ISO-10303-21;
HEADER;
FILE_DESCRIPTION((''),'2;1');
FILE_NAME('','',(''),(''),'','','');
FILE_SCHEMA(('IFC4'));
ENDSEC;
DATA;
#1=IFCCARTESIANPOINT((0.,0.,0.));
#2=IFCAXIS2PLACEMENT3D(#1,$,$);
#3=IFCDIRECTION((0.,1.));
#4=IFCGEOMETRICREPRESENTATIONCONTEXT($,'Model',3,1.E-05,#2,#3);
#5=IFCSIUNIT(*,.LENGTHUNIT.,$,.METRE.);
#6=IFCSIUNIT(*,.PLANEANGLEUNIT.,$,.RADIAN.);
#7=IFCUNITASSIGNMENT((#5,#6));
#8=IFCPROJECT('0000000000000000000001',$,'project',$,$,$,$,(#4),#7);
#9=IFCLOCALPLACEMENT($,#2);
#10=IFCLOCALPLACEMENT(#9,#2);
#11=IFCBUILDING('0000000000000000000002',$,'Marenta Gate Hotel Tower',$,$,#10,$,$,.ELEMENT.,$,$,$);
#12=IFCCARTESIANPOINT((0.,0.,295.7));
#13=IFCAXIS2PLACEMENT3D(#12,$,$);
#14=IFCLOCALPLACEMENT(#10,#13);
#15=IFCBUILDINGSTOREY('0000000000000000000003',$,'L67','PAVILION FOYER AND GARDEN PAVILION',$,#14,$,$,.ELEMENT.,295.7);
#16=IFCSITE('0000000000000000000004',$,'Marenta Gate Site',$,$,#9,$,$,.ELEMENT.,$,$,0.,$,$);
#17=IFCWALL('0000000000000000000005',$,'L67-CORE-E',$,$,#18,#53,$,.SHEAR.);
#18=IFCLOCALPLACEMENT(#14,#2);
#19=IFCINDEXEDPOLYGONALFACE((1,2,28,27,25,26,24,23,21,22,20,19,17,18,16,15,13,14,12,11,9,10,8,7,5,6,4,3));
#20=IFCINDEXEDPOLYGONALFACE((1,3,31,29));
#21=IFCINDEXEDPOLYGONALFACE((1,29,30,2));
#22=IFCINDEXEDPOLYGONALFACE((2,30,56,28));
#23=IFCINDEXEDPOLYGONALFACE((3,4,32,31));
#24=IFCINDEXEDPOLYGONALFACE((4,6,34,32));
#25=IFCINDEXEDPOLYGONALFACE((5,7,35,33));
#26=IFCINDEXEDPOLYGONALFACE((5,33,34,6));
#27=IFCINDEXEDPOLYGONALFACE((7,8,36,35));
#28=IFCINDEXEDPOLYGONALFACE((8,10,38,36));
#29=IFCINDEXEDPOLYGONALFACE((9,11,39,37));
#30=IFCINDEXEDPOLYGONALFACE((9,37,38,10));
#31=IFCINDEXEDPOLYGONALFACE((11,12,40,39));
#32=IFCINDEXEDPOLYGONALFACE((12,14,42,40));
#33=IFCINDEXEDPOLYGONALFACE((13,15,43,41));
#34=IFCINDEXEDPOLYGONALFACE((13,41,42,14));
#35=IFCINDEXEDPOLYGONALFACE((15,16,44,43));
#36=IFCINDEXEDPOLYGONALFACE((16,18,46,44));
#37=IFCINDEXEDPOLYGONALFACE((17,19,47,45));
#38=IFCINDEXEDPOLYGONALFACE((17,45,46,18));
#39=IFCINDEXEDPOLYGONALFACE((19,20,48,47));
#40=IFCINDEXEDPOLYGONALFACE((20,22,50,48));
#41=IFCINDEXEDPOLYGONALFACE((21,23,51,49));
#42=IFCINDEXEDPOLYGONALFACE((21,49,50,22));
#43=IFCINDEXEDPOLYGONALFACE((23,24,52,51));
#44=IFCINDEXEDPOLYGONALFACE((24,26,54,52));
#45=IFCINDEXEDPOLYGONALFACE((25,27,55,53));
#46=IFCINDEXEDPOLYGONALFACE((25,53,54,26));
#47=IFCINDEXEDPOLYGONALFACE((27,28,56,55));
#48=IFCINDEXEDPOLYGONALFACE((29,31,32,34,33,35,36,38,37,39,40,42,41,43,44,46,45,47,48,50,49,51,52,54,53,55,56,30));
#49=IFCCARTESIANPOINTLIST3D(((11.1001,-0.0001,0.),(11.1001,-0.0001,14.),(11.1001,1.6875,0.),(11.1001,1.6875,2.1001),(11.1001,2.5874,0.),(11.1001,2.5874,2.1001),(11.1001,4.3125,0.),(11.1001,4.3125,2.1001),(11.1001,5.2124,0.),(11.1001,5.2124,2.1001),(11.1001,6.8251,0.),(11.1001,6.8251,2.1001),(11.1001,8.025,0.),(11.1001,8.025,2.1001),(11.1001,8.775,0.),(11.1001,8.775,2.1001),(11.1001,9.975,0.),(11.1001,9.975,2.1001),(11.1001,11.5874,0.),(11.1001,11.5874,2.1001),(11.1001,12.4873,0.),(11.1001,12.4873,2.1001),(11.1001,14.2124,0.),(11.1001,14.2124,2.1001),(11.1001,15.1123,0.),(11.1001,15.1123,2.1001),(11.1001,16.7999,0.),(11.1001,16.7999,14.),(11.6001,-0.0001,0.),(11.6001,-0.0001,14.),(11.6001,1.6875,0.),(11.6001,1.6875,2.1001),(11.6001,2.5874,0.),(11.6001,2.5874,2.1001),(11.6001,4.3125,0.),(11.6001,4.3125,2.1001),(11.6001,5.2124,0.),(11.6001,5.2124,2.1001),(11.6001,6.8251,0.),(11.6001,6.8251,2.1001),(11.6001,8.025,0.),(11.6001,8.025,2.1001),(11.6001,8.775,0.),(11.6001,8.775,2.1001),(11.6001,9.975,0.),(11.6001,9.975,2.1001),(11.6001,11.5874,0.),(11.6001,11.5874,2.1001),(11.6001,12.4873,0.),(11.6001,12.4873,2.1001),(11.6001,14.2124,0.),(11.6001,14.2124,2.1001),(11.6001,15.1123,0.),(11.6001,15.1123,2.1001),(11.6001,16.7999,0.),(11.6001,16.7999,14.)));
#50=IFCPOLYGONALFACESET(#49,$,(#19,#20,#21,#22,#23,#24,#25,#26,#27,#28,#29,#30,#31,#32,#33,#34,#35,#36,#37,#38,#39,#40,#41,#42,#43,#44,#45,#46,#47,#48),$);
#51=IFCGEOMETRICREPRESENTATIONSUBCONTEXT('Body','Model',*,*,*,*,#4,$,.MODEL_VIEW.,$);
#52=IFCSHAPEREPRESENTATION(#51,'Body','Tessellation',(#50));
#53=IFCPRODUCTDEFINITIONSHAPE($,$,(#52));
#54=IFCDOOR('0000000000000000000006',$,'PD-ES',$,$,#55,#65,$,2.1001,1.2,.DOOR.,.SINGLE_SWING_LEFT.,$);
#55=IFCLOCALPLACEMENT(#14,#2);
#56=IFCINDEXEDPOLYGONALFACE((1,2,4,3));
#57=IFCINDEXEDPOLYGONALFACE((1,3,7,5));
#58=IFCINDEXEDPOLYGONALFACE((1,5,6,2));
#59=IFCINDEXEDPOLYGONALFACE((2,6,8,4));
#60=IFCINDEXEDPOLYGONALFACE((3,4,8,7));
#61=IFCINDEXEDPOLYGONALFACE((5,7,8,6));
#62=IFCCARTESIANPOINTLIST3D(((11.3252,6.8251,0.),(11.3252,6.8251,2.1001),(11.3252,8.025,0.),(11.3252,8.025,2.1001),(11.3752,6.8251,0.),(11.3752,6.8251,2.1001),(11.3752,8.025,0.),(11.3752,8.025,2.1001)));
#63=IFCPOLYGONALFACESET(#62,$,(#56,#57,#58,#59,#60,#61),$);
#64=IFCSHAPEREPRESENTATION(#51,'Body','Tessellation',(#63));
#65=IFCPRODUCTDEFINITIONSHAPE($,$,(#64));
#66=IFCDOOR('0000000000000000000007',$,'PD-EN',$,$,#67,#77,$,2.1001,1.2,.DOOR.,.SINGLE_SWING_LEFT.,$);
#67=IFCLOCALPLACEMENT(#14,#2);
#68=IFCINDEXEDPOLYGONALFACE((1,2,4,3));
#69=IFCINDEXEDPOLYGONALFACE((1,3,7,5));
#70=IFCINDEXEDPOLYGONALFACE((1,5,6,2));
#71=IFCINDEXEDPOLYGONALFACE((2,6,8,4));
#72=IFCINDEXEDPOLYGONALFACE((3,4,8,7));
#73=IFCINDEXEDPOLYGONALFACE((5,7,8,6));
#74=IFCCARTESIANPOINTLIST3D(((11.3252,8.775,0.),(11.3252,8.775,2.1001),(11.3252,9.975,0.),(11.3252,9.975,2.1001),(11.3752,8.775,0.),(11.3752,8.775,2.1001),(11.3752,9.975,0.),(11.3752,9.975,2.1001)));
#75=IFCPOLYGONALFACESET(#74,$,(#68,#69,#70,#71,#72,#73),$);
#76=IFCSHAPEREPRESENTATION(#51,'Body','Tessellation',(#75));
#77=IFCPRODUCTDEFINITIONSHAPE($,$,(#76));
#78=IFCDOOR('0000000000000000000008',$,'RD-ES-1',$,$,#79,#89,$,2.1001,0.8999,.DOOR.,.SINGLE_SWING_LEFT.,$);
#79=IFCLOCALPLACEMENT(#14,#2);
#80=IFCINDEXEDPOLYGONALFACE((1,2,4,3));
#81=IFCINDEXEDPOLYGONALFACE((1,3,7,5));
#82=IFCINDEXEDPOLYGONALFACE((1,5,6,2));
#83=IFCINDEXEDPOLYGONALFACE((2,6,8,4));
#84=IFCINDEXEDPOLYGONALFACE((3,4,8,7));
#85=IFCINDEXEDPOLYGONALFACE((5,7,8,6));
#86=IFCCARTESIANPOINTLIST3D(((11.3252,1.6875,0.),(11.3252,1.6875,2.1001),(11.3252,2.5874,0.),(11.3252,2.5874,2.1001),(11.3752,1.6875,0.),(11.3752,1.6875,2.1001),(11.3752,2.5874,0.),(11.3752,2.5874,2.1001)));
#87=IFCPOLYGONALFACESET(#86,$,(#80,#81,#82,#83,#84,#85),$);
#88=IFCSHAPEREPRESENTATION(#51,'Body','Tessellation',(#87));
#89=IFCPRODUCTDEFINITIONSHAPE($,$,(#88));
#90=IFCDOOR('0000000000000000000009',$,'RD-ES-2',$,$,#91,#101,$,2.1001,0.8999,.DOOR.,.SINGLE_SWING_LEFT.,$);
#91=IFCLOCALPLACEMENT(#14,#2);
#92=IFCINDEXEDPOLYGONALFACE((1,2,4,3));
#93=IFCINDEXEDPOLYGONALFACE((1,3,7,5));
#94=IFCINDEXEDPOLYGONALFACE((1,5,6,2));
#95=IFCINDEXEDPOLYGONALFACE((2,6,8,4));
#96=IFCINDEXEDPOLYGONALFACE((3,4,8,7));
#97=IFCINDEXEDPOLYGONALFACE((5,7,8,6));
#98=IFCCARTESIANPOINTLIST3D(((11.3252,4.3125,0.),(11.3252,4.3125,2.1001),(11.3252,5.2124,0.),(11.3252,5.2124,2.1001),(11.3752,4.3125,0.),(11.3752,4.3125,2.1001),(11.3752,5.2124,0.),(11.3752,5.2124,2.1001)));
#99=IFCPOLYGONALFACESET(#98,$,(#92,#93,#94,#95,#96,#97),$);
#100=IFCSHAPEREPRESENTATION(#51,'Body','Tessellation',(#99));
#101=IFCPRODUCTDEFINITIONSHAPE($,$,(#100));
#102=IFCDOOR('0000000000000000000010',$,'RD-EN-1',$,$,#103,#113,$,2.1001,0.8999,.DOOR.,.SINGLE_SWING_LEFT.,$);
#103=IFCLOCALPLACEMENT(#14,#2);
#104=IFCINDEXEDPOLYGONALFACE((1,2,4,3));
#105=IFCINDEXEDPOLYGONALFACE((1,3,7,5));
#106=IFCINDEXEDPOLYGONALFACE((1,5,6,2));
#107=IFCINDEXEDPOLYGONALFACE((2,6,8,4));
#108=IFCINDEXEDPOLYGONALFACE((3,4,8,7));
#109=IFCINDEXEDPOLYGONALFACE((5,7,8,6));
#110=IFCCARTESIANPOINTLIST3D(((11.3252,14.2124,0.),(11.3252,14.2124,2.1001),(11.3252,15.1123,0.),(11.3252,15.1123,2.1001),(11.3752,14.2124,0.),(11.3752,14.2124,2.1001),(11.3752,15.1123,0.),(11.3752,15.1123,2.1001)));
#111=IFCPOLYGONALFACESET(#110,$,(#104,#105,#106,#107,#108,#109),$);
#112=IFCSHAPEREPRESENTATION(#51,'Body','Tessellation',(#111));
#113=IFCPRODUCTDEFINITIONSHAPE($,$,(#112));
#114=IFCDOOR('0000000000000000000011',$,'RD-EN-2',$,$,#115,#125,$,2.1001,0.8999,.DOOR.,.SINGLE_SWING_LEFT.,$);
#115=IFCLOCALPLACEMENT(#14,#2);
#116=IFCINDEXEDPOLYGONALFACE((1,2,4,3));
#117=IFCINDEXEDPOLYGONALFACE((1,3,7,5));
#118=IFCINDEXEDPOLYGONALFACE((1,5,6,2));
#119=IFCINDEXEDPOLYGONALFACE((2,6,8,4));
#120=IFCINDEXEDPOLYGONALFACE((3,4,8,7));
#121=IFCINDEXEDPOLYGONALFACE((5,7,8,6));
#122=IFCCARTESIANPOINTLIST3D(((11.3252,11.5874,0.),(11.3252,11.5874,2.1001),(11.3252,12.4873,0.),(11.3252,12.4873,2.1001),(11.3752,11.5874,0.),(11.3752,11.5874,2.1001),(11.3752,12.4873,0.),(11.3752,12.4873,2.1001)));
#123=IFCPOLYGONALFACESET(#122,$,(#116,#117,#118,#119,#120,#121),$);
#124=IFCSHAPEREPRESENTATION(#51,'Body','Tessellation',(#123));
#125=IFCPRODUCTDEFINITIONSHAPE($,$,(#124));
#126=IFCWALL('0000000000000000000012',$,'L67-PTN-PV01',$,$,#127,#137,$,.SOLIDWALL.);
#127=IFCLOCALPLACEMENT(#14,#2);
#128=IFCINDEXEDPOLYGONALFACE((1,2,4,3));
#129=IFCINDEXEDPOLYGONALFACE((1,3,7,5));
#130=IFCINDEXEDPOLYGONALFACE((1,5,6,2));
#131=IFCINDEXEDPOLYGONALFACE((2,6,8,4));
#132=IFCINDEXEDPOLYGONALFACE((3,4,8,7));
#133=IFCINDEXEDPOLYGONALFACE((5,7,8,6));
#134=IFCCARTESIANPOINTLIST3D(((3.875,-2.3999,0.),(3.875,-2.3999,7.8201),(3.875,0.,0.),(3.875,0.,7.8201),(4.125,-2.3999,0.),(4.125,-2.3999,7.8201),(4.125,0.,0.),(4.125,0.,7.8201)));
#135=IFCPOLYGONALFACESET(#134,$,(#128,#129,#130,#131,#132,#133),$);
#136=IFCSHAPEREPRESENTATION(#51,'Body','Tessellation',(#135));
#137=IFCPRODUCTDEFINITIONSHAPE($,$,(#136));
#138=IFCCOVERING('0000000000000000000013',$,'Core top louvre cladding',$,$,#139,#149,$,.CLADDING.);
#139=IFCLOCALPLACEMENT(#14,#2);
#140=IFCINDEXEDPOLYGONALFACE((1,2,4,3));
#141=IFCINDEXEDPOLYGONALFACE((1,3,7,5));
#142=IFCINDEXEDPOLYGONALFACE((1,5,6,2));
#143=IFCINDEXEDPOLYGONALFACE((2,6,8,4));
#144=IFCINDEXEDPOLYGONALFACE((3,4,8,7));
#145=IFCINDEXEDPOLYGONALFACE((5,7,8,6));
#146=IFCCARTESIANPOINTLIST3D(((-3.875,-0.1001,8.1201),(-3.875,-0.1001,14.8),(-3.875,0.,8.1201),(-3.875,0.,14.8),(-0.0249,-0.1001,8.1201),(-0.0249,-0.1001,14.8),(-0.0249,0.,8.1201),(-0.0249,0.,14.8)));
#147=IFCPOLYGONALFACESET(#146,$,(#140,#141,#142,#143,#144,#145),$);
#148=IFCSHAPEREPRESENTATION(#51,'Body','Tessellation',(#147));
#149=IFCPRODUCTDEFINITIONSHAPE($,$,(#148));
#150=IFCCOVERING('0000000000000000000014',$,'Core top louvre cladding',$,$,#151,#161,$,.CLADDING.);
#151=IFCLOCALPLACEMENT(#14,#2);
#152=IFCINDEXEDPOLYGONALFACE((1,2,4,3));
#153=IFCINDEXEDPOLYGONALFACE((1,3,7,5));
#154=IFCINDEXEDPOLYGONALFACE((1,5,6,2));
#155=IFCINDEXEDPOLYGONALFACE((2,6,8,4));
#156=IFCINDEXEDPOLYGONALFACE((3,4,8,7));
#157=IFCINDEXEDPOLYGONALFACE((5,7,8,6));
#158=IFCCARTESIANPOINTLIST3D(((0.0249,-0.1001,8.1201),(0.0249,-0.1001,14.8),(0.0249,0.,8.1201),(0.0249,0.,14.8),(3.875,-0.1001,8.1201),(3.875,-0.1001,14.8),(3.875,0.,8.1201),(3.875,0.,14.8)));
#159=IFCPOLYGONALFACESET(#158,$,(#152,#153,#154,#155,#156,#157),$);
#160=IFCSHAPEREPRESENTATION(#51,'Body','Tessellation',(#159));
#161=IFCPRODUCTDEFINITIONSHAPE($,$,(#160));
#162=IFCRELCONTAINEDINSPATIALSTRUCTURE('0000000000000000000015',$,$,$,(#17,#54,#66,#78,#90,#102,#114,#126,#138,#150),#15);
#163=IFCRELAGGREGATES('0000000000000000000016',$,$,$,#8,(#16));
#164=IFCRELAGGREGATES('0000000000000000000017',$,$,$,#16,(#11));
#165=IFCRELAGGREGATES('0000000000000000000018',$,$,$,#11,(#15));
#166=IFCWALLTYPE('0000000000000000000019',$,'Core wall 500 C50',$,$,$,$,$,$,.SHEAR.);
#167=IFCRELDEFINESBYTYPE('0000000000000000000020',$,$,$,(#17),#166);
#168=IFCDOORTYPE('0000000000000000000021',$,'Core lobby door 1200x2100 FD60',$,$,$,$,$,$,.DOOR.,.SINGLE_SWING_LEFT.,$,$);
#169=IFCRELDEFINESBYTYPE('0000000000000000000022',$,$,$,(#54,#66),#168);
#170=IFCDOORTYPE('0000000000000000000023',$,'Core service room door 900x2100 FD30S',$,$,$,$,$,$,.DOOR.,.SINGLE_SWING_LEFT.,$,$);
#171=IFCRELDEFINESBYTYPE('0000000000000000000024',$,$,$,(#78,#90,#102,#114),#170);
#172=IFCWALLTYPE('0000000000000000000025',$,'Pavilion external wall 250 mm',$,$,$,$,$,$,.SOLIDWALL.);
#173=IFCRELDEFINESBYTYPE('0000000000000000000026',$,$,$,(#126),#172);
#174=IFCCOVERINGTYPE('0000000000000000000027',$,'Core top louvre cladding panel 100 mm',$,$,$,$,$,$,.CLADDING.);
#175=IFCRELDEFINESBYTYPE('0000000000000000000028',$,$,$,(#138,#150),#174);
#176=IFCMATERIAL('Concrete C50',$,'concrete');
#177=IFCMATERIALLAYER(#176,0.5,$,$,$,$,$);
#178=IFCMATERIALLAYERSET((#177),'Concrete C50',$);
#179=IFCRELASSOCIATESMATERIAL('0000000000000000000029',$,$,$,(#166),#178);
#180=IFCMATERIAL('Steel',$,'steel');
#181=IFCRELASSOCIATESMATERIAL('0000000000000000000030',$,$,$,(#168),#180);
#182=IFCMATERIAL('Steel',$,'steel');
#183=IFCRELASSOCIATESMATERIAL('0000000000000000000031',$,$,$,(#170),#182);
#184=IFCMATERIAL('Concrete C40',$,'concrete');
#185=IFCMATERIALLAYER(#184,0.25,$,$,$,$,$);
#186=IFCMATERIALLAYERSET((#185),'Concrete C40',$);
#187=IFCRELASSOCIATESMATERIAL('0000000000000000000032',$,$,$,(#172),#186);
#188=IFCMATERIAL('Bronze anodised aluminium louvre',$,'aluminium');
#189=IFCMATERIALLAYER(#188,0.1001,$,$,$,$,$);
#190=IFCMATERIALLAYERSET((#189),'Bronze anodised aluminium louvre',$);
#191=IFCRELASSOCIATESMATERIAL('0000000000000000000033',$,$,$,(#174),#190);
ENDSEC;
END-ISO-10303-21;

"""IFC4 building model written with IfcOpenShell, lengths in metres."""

from ifc_helpers import new_model, si_unit, direction, frame, frame_2d, origin, origin_2d, place, context, subcontext, project, spatial, rectangle, extrude, material, layer, layer_set, type_object, element, fill, save


model = new_model("IFC4")

# Units and contexts
model_context = context("Model", 3, precision=1e-05, world=origin(), true_north=direction((0.0, 1.0)))
body_context = subcontext(model_context, "Body", "Model", "MODEL_VIEW")
ifc_project = project(units=[si_unit("LENGTHUNIT", "METRE"), si_unit("PLANEANGLEUNIT", "RADIAN")], contexts=[model_context])

# Site, building, storey
site_placement = place(None, origin())
site = spatial("IfcSite", under=ifc_project, at=site_placement, Name="Marenta Gate Site", CompositionType="ELEMENT", RefElevation=0.0)
building_placement = place(site_placement, origin())
building = spatial("IfcBuilding", under=site, at=building_placement, Name="Marenta Gate Hotel Tower", CompositionType="ELEMENT")
storey_placement = place(building_placement, frame((0.0, 0.0, 295.7)))
storey = spatial("IfcBuildingStorey", under=building, at=storey_placement, Name="L67", Description="PAVILION FOYER AND GARDEN PAVILION", CompositionType="ELEMENT", Elevation=295.7)

# Wall, openings, doors
ifc_material_1 = material(Name="Concrete C50", Category="concrete")
ifc_layer_1 = layer(ifc_material_1, 0.5)
ifc_layer_set_1 = layer_set([ifc_layer_1], Name="Concrete C50")
wall_type_1 = type_object("IfcWallType", Name="Core wall 500 C50", PredefinedType="SHEAR", material=ifc_layer_set_1)
wall_1_placement = place(storey_placement, frame((11.3501, 0.0, 0.0), z_axis=(0.0, 0.0, 1.0), x_axis=(0.0, 1.0, 0.0)))
wall_1 = element("IfcWall", 1, at=wall_1_placement, inside=storey, type_object=wall_type_1, Name="L67-CORE-E", PredefinedType="SHEAR", context=body_context, shape_type="SweptSolid", body=[
    extrude(rectangle(XDim=16.8, YDim=0.5, at=frame_2d((8.3999, 0.0))), origin(), (0.0, 0.0, 1.0), 14.0),
])
opening_1_placement = place(wall_1_placement, frame((1.6875, 0.0, 0.0)))
opening_1 = element("IfcOpeningElement", 2, at=opening_1_placement, cuts=wall_1, PredefinedType="OPENING", context=body_context, shape_type="SweptSolid", body=[
    extrude(rectangle(XDim=0.8999, YDim=2.1001, at=frame_2d((0.45, 1.05))), frame((0.0, 0.25, 0.0), z_axis=(0.0, -1.0, 0.0), x_axis=(1.0, 0.0, 0.0)), (0.0, 0.0, 1.0), 0.5),
])
opening_2_placement = place(wall_1_placement, frame((4.3125, 0.0, 0.0)))
opening_2 = element("IfcOpeningElement", 3, at=opening_2_placement, cuts=wall_1, PredefinedType="OPENING", context=body_context, shape_type="SweptSolid", body=[
    extrude(rectangle(XDim=0.8999, YDim=2.1001, at=frame_2d((0.45, 1.05))), frame((0.0, 0.25, 0.0), z_axis=(0.0, -1.0, 0.0), x_axis=(1.0, 0.0, 0.0)), (0.0, 0.0, 1.0), 0.5),
])
opening_3_placement = place(wall_1_placement, frame((6.825, 0.0, 0.0)))
opening_3 = element("IfcOpeningElement", 4, at=opening_3_placement, cuts=wall_1, PredefinedType="OPENING", context=body_context, shape_type="SweptSolid", body=[
    extrude(rectangle(XDim=1.2, YDim=2.1001, at=frame_2d((0.6001, 1.05))), frame((0.0, 0.25, 0.0), z_axis=(0.0, -1.0, 0.0), x_axis=(1.0, 0.0, 0.0)), (0.0, 0.0, 1.0), 0.5),
])
opening_4_placement = place(wall_1_placement, frame((14.2124, 0.0, 0.0)))
opening_4 = element("IfcOpeningElement", 5, at=opening_4_placement, cuts=wall_1, PredefinedType="OPENING", context=body_context, shape_type="SweptSolid", body=[
    extrude(rectangle(XDim=0.8999, YDim=2.1001, at=frame_2d((0.45, 1.05))), frame((0.0, 0.25, 0.0), z_axis=(0.0, -1.0, 0.0), x_axis=(1.0, 0.0, 0.0)), (0.0, 0.0, 1.0), 0.5),
])
opening_5_placement = place(wall_1_placement, frame((11.5874, 0.0, 0.0)))
opening_5 = element("IfcOpeningElement", 6, at=opening_5_placement, cuts=wall_1, PredefinedType="OPENING", context=body_context, shape_type="SweptSolid", body=[
    extrude(rectangle(XDim=0.8999, YDim=2.1001, at=frame_2d((0.45, 1.05))), frame((0.0, 0.25, 0.0), z_axis=(0.0, -1.0, 0.0), x_axis=(1.0, 0.0, 0.0)), (0.0, 0.0, 1.0), 0.5),
])
opening_6_placement = place(wall_1_placement, frame((8.7749, 0.0, 0.0)))
opening_6 = element("IfcOpeningElement", 7, at=opening_6_placement, cuts=wall_1, PredefinedType="OPENING", context=body_context, shape_type="SweptSolid", body=[
    extrude(rectangle(XDim=1.2, YDim=2.1001, at=frame_2d((0.6001, 1.05))), frame((0.0, 0.25, 0.0), z_axis=(0.0, -1.0, 0.0), x_axis=(1.0, 0.0, 0.0)), (0.0, 0.0, 1.0), 0.5),
])
ifc_material_2 = material(Name="Steel", Category="steel")
door_type_1 = type_object("IfcDoorType", Name="Core lobby door 1200x2100 FD60", OperationType="SINGLE_SWING_LEFT", PredefinedType="DOOR", material=ifc_material_2)
door_1_placement = place(opening_3_placement, origin())
door_1 = element("IfcDoor", 8, at=door_1_placement, inside=storey, type_object=door_type_1, Name="PD-ES", OperationType="SINGLE_SWING_LEFT", OverallHeight=2.1001, OverallWidth=1.2, PredefinedType="DOOR", context=body_context, shape_type="SweptSolid", body=[
    extrude(rectangle(XDim=1.2, YDim=2.1001, at=frame_2d((0.6001, 1.05))), frame((0.0, 0.0249, 0.0), z_axis=(0.0, -1.0, 0.0), x_axis=(1.0, 0.0, 0.0)), (0.0, 0.0, 1.0), 0.05),
])
fill(opening_3, door_1)
door_2_placement = place(opening_6_placement, origin())
door_2 = element("IfcDoor", 9, at=door_2_placement, inside=storey, type_object=door_type_1, Name="PD-EN", OperationType="SINGLE_SWING_LEFT", OverallHeight=2.1001, OverallWidth=1.2, PredefinedType="DOOR", context=body_context, shape_type="SweptSolid", body=[
    extrude(rectangle(XDim=1.2, YDim=2.1001, at=frame_2d((0.6001, 1.05))), frame((0.0, 0.0249, 0.0), z_axis=(0.0, -1.0, 0.0), x_axis=(1.0, 0.0, 0.0)), (0.0, 0.0, 1.0), 0.05),
])
fill(opening_6, door_2)
ifc_material_3 = material(Name="Steel", Category="steel")
door_type_2 = type_object("IfcDoorType", Name="Core service room door 900x2100 FD30S", OperationType="SINGLE_SWING_LEFT", PredefinedType="DOOR", material=ifc_material_3)
door_3_placement = place(opening_1_placement, origin())
door_3 = element("IfcDoor", 10, at=door_3_placement, inside=storey, type_object=door_type_2, Name="RD-ES-1", OperationType="SINGLE_SWING_LEFT", OverallHeight=2.1001, OverallWidth=0.8999, PredefinedType="DOOR", context=body_context, shape_type="SweptSolid", body=[
    extrude(rectangle(XDim=0.8999, YDim=2.1001, at=frame_2d((0.45, 1.05))), frame((0.0, 0.0249, 0.0), z_axis=(0.0, -1.0, 0.0), x_axis=(1.0, 0.0, 0.0)), (0.0, 0.0, 1.0), 0.05),
])
fill(opening_1, door_3)
door_4_placement = place(opening_2_placement, origin())
door_4 = element("IfcDoor", 11, at=door_4_placement, inside=storey, type_object=door_type_2, Name="RD-ES-2", OperationType="SINGLE_SWING_LEFT", OverallHeight=2.1001, OverallWidth=0.8999, PredefinedType="DOOR", context=body_context, shape_type="SweptSolid", body=[
    extrude(rectangle(XDim=0.8999, YDim=2.1001, at=frame_2d((0.45, 1.05))), frame((0.0, 0.0249, 0.0), z_axis=(0.0, -1.0, 0.0), x_axis=(1.0, 0.0, 0.0)), (0.0, 0.0, 1.0), 0.05),
])
fill(opening_2, door_4)
door_5_placement = place(opening_4_placement, origin())
door_5 = element("IfcDoor", 12, at=door_5_placement, inside=storey, type_object=door_type_2, Name="RD-EN-1", OperationType="SINGLE_SWING_LEFT", OverallHeight=2.1001, OverallWidth=0.8999, PredefinedType="DOOR", context=body_context, shape_type="SweptSolid", body=[
    extrude(rectangle(XDim=0.8999, YDim=2.1001, at=frame_2d((0.45, 1.05))), frame((0.0, 0.0249, 0.0), z_axis=(0.0, -1.0, 0.0), x_axis=(1.0, 0.0, 0.0)), (0.0, 0.0, 1.0), 0.05),
])
fill(opening_4, door_5)
door_6_placement = place(opening_5_placement, origin())
door_6 = element("IfcDoor", 13, at=door_6_placement, inside=storey, type_object=door_type_2, Name="RD-EN-2", OperationType="SINGLE_SWING_LEFT", OverallHeight=2.1001, OverallWidth=0.8999, PredefinedType="DOOR", context=body_context, shape_type="SweptSolid", body=[
    extrude(rectangle(XDim=0.8999, YDim=2.1001, at=frame_2d((0.45, 1.05))), frame((0.0, 0.0249, 0.0), z_axis=(0.0, -1.0, 0.0), x_axis=(1.0, 0.0, 0.0)), (0.0, 0.0, 1.0), 0.05),
])
fill(opening_5, door_6)

# Wall
ifc_material_4 = material(Name="Concrete C40", Category="concrete")
ifc_layer_2 = layer(ifc_material_4, 0.25)
ifc_layer_set_2 = layer_set([ifc_layer_2], Name="Concrete C40")
wall_type_2 = type_object("IfcWallType", Name="Pavilion external wall 250 mm", PredefinedType="SOLIDWALL", material=ifc_layer_set_2)
wall_2_placement = place(storey_placement, frame((4.0, -2.3999, 0.0), z_axis=(0.0, 0.0, 1.0), x_axis=(0.0, 1.0, 0.0)))
element("IfcWall", 14, at=wall_2_placement, inside=storey, type_object=wall_type_2, Name="L67-PTN-PV01", PredefinedType="SOLIDWALL", context=body_context, shape_type="SweptSolid", body=[
    extrude(rectangle(XDim=2.3999, YDim=0.25, at=frame_2d((1.2, 0.0))), origin(), (0.0, 0.0, 1.0), 7.8201),
])

# Coverings
ifc_material_5 = material(Name="Bronze anodised aluminium louvre", Category="aluminium")
ifc_layer_3 = layer(ifc_material_5, 0.1001)
ifc_layer_set_3 = layer_set([ifc_layer_3], Name="Bronze anodised aluminium louvre")
covering_type = type_object("IfcCoveringType", Name="Core top louvre cladding panel 100 mm", PredefinedType="CLADDING", material=ifc_layer_set_3)
for number, where, z_axis, x_axis, name in (
    (15, (-1.95, -0.05, 8.1201), (0.0, 0.0, 1.0), (1.0, 0.0, 0.0), "Core top louvre cladding"),
    (16, (1.95, -0.05, 8.1201), (0.0, 0.0, 1.0), (1.0, 0.0, 0.0), "Core top louvre cladding"),
):
    element("IfcCovering", number, at=place(storey_placement, frame(where, z_axis=z_axis, x_axis=x_axis)), inside=storey, type_object=covering_type, Name=name, PredefinedType="CLADDING", context=body_context, shape_type="SweptSolid", body=[
        extrude(rectangle(XDim=3.8501, YDim=0.1001, at=origin_2d()), origin(), (0.0, 0.0, 1.0), 6.6799),
    ])

save(model, "model.ifc")
